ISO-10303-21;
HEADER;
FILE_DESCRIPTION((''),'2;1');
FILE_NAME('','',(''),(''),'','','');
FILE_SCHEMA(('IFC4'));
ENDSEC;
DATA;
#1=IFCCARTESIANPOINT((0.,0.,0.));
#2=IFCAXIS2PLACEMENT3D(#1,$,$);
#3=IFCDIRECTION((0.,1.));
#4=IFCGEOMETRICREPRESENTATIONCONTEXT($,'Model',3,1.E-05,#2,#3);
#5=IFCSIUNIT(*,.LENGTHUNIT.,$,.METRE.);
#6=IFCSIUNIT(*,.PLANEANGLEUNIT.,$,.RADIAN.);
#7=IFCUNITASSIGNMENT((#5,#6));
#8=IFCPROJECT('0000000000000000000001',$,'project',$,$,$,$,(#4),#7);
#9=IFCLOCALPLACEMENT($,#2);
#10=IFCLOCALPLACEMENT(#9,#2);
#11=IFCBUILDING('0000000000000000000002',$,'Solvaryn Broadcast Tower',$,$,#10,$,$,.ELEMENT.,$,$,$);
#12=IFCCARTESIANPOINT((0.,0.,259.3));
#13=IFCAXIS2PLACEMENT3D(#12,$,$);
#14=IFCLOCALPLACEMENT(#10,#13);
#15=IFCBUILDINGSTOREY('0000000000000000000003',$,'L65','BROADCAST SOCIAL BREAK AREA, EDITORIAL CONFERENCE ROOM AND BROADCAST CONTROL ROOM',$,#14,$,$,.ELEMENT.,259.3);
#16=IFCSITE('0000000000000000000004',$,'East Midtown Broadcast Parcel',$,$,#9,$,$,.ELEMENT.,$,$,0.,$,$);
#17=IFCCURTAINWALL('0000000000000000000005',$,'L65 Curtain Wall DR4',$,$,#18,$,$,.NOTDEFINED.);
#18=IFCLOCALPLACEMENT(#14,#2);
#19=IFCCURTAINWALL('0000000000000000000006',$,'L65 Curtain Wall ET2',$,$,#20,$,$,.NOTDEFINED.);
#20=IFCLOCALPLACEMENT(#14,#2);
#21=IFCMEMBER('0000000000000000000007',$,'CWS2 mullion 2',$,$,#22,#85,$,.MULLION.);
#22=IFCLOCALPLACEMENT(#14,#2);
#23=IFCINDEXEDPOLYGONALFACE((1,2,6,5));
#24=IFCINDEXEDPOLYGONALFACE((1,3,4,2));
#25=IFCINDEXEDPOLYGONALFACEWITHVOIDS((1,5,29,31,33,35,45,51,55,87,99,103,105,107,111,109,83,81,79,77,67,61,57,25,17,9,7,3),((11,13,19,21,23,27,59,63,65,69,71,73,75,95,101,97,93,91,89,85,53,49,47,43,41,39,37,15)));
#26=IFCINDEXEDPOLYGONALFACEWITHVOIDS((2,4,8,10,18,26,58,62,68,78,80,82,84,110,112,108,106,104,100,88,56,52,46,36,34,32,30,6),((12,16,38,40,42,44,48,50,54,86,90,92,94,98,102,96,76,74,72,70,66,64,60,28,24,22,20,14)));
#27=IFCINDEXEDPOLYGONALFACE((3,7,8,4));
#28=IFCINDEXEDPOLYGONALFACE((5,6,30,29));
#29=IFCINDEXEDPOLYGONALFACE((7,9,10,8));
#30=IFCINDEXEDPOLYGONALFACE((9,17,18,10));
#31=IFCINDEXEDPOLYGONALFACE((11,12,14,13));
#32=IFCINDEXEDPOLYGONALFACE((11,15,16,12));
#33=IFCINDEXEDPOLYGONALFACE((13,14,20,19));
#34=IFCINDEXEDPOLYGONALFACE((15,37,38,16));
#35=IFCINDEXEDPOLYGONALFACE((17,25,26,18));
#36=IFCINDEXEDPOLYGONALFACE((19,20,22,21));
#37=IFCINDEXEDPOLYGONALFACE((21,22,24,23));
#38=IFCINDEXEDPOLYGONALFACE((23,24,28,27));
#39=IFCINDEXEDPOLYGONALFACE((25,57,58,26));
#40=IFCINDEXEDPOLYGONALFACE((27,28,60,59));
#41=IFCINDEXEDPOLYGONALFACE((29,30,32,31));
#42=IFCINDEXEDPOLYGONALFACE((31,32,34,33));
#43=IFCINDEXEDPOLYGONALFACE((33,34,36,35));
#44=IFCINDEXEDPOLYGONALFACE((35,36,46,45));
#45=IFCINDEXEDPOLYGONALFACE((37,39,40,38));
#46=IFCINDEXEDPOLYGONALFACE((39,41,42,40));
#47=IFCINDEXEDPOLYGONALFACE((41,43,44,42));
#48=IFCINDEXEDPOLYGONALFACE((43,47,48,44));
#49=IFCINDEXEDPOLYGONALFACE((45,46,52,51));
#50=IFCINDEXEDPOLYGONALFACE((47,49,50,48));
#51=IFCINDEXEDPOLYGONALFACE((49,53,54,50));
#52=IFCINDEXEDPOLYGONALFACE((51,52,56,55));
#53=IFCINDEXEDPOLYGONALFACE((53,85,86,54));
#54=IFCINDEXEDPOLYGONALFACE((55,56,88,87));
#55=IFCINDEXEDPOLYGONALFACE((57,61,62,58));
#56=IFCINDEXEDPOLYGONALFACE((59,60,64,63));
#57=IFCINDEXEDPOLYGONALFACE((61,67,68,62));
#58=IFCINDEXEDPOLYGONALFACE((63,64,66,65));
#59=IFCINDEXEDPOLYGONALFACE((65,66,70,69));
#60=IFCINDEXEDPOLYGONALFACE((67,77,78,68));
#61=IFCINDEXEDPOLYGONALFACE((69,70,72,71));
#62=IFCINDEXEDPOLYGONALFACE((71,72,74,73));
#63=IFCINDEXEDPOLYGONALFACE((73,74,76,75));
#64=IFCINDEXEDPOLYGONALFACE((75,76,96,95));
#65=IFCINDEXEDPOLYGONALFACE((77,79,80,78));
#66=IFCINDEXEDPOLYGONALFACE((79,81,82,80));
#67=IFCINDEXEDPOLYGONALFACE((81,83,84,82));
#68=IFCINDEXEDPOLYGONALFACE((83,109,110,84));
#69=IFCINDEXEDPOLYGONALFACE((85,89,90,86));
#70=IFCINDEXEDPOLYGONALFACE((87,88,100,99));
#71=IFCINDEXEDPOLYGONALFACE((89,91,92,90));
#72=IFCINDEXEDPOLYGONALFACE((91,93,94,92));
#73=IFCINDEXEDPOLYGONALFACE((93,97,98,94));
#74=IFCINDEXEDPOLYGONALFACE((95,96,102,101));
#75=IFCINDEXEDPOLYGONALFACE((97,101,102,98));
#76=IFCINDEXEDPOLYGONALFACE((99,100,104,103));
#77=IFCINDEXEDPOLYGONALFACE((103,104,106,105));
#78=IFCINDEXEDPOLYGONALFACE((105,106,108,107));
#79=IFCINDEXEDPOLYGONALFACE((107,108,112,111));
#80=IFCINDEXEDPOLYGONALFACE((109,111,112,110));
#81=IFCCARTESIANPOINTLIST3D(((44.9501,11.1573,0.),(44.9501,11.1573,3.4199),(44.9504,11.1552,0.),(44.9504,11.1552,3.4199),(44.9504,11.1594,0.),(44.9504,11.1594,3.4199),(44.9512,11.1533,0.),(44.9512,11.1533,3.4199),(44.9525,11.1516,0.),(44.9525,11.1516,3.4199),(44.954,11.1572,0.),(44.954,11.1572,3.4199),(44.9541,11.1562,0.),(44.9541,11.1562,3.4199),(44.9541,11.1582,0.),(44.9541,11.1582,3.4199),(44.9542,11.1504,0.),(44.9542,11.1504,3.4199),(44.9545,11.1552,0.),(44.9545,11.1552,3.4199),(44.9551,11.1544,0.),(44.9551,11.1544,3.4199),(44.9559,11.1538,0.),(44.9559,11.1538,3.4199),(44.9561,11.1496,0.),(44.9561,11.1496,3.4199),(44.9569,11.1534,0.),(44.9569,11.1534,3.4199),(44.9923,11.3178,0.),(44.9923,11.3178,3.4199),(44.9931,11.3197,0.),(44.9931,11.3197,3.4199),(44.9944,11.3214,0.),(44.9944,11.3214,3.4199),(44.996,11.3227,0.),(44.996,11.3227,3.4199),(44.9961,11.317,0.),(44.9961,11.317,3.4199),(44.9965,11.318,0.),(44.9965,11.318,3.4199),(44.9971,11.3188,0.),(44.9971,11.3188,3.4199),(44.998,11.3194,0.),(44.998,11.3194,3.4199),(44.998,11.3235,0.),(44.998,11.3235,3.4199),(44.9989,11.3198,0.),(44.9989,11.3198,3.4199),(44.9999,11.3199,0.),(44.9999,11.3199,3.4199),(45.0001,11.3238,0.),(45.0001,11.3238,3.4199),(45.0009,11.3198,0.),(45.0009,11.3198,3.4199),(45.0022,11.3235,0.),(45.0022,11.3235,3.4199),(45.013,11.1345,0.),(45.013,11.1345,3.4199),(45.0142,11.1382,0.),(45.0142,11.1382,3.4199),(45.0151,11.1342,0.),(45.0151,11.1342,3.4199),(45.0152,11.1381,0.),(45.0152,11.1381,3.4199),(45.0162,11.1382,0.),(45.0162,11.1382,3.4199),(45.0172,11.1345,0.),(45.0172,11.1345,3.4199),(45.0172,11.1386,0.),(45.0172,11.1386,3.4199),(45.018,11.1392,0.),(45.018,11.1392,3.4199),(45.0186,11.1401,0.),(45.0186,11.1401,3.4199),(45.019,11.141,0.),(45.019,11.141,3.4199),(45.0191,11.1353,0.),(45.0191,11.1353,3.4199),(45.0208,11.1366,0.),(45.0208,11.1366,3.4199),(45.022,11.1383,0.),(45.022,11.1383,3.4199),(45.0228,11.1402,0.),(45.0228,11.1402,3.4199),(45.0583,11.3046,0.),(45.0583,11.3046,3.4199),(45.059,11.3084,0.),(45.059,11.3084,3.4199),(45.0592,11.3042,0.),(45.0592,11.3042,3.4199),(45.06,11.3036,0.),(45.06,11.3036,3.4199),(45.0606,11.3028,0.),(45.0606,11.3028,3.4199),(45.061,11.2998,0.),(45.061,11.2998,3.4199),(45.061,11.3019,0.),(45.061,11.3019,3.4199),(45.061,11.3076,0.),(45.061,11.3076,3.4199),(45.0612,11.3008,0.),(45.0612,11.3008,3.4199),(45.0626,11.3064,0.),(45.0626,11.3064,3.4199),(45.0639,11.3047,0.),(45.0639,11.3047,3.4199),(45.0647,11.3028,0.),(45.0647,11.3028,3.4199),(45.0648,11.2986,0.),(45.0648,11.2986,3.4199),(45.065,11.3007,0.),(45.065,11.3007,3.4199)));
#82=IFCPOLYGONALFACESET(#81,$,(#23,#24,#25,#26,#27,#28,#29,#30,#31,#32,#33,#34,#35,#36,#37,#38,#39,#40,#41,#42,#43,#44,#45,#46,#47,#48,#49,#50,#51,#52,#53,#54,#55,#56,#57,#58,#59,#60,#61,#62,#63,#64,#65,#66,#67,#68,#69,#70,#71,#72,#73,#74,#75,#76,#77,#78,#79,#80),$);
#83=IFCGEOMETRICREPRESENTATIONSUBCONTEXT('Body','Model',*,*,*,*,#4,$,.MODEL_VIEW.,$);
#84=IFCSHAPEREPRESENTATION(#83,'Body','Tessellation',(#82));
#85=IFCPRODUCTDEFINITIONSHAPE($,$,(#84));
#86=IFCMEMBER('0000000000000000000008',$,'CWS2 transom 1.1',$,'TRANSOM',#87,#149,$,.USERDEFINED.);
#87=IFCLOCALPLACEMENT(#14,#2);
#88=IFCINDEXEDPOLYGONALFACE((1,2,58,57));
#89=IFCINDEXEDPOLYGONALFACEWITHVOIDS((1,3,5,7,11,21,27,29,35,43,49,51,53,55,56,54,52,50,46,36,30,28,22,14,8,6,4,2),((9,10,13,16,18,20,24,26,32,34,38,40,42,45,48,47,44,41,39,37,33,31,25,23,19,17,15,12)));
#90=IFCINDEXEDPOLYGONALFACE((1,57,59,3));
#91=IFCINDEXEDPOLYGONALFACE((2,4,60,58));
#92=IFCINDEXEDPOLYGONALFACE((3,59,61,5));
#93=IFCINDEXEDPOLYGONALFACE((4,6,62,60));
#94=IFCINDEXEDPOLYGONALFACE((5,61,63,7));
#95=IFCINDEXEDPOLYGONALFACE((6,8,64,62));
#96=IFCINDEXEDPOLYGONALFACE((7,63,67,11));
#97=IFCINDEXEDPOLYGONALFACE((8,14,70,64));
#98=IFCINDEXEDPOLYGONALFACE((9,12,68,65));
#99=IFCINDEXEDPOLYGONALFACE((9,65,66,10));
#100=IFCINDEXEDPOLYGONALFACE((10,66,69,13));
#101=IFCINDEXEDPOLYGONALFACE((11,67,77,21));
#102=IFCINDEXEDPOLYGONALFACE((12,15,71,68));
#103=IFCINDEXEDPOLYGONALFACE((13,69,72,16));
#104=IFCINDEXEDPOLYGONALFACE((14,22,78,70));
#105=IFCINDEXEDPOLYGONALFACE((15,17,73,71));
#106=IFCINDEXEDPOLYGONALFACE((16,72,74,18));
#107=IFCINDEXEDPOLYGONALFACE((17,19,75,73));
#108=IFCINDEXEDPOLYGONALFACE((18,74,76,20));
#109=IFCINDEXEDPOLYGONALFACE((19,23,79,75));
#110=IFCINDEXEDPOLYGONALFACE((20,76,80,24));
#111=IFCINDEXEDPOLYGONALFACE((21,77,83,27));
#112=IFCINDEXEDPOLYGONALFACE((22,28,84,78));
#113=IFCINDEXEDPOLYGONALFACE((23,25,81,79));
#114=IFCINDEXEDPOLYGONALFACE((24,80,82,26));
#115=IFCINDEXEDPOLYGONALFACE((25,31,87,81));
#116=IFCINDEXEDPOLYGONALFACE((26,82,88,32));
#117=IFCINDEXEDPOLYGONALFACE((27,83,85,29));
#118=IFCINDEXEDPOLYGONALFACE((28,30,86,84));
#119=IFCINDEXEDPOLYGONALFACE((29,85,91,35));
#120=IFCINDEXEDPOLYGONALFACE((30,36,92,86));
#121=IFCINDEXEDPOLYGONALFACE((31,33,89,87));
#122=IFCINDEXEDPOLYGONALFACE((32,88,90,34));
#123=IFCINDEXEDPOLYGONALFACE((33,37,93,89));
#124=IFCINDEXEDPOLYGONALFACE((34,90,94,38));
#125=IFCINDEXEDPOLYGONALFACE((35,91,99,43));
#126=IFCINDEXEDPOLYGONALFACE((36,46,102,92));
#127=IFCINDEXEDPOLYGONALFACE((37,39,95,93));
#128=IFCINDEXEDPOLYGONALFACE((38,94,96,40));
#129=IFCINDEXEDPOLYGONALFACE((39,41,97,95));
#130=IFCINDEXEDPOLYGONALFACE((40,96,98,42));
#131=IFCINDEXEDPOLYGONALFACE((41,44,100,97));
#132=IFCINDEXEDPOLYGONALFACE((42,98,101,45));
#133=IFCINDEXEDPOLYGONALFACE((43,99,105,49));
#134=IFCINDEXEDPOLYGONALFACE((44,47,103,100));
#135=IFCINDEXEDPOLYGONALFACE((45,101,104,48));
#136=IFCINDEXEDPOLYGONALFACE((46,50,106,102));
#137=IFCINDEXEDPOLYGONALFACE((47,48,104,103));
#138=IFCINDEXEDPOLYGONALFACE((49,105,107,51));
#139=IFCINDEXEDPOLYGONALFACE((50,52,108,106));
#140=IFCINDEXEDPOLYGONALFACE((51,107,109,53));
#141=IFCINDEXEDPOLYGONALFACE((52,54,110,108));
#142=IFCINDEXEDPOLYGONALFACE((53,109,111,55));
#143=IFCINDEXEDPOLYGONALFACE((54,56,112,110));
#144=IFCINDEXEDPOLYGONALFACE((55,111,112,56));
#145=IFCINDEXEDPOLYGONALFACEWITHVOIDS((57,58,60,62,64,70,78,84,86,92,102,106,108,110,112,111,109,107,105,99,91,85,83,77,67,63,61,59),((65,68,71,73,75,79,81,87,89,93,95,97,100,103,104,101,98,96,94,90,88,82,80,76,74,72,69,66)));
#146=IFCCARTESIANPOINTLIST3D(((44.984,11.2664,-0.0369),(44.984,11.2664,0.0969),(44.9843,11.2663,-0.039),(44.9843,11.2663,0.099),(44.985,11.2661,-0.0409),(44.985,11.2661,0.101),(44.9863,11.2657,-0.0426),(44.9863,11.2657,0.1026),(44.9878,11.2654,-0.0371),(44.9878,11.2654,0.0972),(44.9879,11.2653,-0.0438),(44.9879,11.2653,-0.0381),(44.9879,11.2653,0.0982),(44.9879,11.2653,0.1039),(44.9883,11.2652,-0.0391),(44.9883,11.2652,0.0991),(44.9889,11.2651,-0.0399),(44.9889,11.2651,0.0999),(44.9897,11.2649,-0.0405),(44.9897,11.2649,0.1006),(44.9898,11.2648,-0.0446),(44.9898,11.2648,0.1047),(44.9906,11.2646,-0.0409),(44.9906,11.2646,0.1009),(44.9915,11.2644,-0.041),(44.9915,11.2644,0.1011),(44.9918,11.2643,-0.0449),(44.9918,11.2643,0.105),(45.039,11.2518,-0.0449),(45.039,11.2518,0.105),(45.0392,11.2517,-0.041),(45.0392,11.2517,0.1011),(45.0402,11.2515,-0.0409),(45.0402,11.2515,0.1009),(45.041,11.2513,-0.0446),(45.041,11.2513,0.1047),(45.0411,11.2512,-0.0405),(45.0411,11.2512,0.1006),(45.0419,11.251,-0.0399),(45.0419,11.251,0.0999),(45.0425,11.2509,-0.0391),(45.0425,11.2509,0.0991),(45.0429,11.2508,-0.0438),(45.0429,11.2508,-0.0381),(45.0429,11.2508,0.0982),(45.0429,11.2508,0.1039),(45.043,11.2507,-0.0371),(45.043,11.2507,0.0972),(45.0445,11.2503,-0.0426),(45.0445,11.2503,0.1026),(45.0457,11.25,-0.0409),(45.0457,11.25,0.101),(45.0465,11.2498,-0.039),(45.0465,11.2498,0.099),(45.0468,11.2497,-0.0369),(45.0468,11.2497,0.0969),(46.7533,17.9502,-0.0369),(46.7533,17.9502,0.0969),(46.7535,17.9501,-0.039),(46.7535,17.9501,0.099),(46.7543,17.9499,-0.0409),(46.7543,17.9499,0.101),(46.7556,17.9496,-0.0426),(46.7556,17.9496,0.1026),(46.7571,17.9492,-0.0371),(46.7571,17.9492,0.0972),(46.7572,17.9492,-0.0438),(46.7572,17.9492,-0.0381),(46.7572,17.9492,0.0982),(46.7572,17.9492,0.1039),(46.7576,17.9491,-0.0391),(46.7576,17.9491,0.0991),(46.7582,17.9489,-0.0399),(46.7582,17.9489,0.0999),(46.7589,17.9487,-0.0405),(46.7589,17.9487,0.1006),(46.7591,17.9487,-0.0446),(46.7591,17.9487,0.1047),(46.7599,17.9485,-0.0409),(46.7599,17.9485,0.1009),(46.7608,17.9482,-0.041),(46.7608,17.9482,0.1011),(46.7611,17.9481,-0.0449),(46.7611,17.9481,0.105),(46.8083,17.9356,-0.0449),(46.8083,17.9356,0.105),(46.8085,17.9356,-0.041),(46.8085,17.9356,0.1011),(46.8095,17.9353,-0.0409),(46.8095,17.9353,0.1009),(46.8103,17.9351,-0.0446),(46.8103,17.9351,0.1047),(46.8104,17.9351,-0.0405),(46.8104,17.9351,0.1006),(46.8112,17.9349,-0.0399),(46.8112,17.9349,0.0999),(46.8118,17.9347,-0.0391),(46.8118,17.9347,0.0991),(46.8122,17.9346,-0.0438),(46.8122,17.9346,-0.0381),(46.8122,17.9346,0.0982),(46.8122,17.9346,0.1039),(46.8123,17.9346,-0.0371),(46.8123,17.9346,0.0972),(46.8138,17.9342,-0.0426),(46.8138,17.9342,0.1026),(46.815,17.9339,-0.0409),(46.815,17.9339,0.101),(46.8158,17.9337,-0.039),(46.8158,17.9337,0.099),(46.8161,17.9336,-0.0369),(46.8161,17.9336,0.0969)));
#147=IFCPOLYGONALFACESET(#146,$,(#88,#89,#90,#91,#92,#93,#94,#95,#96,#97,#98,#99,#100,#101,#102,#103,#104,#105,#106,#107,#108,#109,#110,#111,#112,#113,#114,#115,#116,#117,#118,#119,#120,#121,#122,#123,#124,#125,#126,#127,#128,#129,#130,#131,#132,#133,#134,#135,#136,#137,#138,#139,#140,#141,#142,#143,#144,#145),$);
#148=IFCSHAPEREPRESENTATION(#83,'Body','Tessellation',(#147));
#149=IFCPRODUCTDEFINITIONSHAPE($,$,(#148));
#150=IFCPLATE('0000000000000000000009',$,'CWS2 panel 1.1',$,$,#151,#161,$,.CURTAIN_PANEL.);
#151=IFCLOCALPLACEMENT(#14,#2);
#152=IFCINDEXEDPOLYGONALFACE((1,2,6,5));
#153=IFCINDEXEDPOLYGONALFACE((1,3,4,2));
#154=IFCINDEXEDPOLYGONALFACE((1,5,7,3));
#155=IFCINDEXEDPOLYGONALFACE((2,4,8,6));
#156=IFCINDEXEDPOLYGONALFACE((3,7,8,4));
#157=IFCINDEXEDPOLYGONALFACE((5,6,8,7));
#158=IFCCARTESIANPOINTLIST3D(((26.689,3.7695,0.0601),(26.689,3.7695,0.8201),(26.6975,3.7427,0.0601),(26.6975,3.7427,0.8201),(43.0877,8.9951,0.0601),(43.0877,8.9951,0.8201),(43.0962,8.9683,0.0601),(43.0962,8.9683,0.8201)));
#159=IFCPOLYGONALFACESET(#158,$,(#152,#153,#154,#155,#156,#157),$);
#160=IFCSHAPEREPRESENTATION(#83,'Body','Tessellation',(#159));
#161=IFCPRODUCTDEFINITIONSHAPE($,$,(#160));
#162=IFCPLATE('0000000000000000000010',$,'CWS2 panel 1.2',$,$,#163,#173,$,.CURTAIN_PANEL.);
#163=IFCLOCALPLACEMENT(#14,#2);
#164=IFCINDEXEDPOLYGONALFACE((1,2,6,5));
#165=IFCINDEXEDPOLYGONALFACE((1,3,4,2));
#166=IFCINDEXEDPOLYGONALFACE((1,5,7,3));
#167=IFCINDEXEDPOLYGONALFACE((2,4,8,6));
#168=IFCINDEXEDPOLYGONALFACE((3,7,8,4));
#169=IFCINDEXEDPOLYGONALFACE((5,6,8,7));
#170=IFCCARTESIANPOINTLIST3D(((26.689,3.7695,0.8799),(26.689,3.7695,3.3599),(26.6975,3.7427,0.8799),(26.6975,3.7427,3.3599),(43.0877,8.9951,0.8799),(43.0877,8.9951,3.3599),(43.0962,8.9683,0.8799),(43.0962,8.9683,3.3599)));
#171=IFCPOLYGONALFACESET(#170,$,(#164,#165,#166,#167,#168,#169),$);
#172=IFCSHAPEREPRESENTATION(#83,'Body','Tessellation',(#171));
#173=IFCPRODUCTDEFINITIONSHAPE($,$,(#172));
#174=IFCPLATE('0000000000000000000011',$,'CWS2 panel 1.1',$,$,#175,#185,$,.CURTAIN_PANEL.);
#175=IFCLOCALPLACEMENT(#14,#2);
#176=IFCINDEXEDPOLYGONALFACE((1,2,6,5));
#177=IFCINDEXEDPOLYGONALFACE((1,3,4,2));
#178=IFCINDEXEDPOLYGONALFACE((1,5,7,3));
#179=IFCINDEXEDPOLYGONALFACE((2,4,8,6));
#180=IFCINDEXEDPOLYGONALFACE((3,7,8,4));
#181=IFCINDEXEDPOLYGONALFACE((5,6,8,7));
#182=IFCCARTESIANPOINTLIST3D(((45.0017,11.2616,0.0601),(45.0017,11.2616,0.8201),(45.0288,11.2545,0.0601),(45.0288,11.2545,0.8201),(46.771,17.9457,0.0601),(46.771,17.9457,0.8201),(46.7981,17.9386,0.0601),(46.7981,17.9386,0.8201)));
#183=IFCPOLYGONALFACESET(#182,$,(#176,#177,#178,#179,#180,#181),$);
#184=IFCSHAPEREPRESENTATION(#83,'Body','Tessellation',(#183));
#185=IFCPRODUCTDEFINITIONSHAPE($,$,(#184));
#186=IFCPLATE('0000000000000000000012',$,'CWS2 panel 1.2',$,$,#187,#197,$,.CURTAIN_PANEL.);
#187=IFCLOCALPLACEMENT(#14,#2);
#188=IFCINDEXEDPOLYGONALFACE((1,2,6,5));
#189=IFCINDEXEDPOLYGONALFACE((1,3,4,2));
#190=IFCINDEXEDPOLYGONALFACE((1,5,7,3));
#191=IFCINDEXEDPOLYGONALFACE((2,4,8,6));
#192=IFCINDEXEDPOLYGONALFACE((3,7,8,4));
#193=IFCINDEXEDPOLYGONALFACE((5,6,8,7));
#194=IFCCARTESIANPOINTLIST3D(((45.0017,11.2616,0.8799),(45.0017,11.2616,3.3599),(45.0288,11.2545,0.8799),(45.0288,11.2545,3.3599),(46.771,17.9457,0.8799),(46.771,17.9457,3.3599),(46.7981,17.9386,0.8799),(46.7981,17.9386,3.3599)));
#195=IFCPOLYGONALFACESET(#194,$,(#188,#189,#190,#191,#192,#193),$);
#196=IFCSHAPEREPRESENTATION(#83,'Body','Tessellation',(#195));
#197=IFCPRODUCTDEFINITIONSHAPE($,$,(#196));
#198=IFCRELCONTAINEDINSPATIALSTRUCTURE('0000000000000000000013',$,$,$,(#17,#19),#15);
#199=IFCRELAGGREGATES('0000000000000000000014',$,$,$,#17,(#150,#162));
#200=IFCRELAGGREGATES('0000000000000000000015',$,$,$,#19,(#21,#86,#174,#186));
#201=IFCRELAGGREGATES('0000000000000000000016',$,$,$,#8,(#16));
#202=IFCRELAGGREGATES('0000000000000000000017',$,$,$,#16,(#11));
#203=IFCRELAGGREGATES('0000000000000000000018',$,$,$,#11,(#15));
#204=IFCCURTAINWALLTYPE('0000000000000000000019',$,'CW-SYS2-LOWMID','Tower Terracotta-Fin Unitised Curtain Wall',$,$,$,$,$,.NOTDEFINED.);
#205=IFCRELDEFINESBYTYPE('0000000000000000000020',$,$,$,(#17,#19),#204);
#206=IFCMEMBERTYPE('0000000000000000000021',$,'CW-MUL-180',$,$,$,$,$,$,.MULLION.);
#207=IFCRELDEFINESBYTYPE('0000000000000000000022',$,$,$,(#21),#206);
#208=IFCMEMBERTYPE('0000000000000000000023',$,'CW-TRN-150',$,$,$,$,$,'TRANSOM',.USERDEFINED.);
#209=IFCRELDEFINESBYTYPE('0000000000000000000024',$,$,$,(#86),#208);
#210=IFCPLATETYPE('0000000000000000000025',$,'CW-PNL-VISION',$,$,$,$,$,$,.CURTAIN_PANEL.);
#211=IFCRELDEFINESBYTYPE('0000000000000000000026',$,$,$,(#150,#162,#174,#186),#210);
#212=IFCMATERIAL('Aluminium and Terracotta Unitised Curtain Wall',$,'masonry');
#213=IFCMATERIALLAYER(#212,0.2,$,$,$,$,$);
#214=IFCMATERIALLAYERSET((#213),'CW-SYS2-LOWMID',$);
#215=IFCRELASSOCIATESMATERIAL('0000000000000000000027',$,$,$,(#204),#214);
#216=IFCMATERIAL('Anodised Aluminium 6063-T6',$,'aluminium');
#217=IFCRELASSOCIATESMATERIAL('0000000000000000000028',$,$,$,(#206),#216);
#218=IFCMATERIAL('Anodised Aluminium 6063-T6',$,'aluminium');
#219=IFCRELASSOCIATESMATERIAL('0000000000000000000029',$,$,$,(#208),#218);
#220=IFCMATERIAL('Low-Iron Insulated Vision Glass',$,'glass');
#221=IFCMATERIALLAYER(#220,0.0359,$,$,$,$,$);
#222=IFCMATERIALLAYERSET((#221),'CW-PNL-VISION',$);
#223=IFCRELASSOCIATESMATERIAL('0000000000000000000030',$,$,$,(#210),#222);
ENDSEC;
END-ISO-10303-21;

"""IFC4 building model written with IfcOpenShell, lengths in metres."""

from ifc_helpers import new_model, si_unit, direction, frame, origin, origin_2d, place, context, subcontext, project, spatial, rectangle, hollow_rectangle, extrude, material, layer, layer_set, material_profile, profile_set, type_object, element, aggregate, save


model = new_model("IFC4")

# Units and contexts
model_context = context("Model", 3, precision=1e-05, world=origin(), true_north=direction((0.0, 1.0)))
body_context = subcontext(model_context, "Body", "Model", "MODEL_VIEW")
ifc_project = project(units=[si_unit("LENGTHUNIT", "METRE"), si_unit("PLANEANGLEUNIT", "RADIAN")], contexts=[model_context])

# Site, building, storey
site_placement = place(None, origin())
site = spatial("IfcSite", under=ifc_project, at=site_placement, Name="East Midtown Broadcast Parcel", CompositionType="ELEMENT", RefElevation=0.0)
building_placement = place(site_placement, origin())
building = spatial("IfcBuilding", under=site, at=building_placement, Name="Solvaryn Broadcast Tower", CompositionType="ELEMENT")
storey_placement = place(building_placement, frame((0.0, 0.0, 259.3)))
storey = spatial("IfcBuildingStorey", under=building, at=storey_placement, Name="L65", Description="BROADCAST SOCIAL BREAK AREA, EDITORIAL CONFERENCE ROOM AND BROADCAST CONTROL ROOM", CompositionType="ELEMENT", Elevation=259.3)

# Curtain wall
ifc_material_1 = material(Name="Aluminium and Terracotta Unitised Curtain Wall", Category="masonry")
ifc_layer_1 = layer(ifc_material_1, 0.2)
ifc_layer_set_1 = layer_set([ifc_layer_1], Name="CW-SYS2-LOWMID")
curtain_wall_type = type_object("IfcCurtainWallType", Name="CW-SYS2-LOWMID", Description="Tower Terracotta-Fin Unitised Curtain Wall", PredefinedType="NOTDEFINED", material=ifc_layer_set_1)
curtain_wall_1_placement = place(storey_placement, origin())
curtain_wall_1 = element("IfcCurtainWall", 1, at=curtain_wall_1_placement, inside=storey, type_object=curtain_wall_type, Name="L65 Curtain Wall DR4", PredefinedType="NOTDEFINED")
ifc_material_2 = material(Name="Anodised Aluminium 6063-T6", Category="aluminium")
ifc_material_profile_1 = material_profile(ifc_material_2, hollow_rectangle(XDim=0.075, YDim=0.1799, WallThickness=0.0039, InnerFilletRadius=0.0039, OuterFilletRadius=0.0081, at=origin_2d()))
ifc_profile_set_1 = profile_set([ifc_material_profile_1], Name="Anodised Aluminium 6063-T6")
member_type_1 = type_object("IfcMemberType", Name="CW-MUL-180", PredefinedType="MULLION", material=ifc_profile_set_1)

# Curtain wall, members
curtain_wall_2_placement = place(storey_placement, origin())
curtain_wall_2 = element("IfcCurtainWall", 2, at=curtain_wall_2_placement, inside=storey, type_object=curtain_wall_type, Name="L65 Curtain Wall ET2", PredefinedType="NOTDEFINED")
member_1_placement = place(storey_placement, frame((45.0076, 11.229, 0.0), z_axis=(0.0, 0.0, 1.0), x_axis=(0.966705, -0.255893, 0.0)))
member_1 = element("IfcMember", 3, at=member_1_placement, type_object=member_type_1, Name="CWS2 mullion 2", PredefinedType="MULLION", context=body_context, shape_type="SweptSolid", body=[
    extrude(hollow_rectangle(XDim=0.075, YDim=0.1799, WallThickness=0.0039, InnerFilletRadius=0.0039, OuterFilletRadius=0.0081, at=origin_2d()), origin(), (0.0, 0.0, 1.0), 3.4199),
])
ifc_material_3 = material(Name="Anodised Aluminium 6063-T6", Category="aluminium")
ifc_material_profile_2 = material_profile(ifc_material_3, hollow_rectangle(XDim=0.0649, YDim=0.1499, WallThickness=0.0039, InnerFilletRadius=0.0039, OuterFilletRadius=0.0081, at=origin_2d()))
ifc_profile_set_2 = profile_set([ifc_material_profile_2], Name="Anodised Aluminium 6063-T6")
member_type_2 = type_object("IfcMemberType", Name="CW-TRN-150", ElementType="TRANSOM", PredefinedType="USERDEFINED", material=ifc_profile_set_2)
member_2_placement = place(storey_placement, frame((46.7847, 17.9419, 0.03), z_axis=(-0.255897, -0.966704, 0.0), x_axis=(0.966704, -0.255897, 0.0)))
member_2 = element("IfcMember", 4, at=member_2_placement, type_object=member_type_2, Name="CWS2 transom 1.1", ObjectType="TRANSOM", PredefinedType="USERDEFINED", context=body_context, shape_type="SweptSolid", body=[
    extrude(hollow_rectangle(XDim=0.0649, YDim=0.1499, WallThickness=0.0039, InnerFilletRadius=0.0039, OuterFilletRadius=0.0081, at=origin_2d()), origin(), (0.0, 0.0, 1.0), 6.9141),
])

# Plates
ifc_material_4 = material(Name="Low-Iron Insulated Vision Glass", Category="glass")
ifc_layer_2 = layer(ifc_material_4, 0.0359)
ifc_layer_set_2 = layer_set([ifc_layer_2], Name="CW-PNL-VISION")
plate_type = type_object("IfcPlateType", Name="CW-PNL-VISION", PredefinedType="CURTAIN_PANEL", material=ifc_layer_set_2)
plate_1_placement = place(storey_placement, frame((34.8926, 6.3689, 0.0601), z_axis=(0.0, 0.0, 1.0), x_axis=(0.952795, 0.303616, 0.0)))
plate_1 = element("IfcPlate", 5, at=plate_1_placement, type_object=plate_type, Name="CWS2 panel 1.1", PredefinedType="CURTAIN_PANEL", context=body_context, shape_type="SweptSolid", body=[
    extrude(rectangle(XDim=17.2112, YDim=0.0281, at=origin_2d()), origin(), (0.0, 0.0, 1.0), 0.76),
])
plate_2_placement = place(storey_placement, frame((34.8926, 6.3689, 0.8799), z_axis=(0.0, 0.0, 1.0), x_axis=(0.952795, 0.303616, 0.0)))
plate_2 = element("IfcPlate", 6, at=plate_2_placement, type_object=plate_type, Name="CWS2 panel 1.2", PredefinedType="CURTAIN_PANEL", context=body_context, shape_type="SweptSolid", body=[
    extrude(rectangle(XDim=17.2112, YDim=0.0281, at=origin_2d()), origin(), (0.0, 0.0, 1.0), 2.48),
])
aggregate(curtain_wall_1, [plate_1, plate_2])
plate_3_placement = place(storey_placement, frame((45.8999, 14.6001, 0.0601), z_axis=(0.0, 0.0, 1.0), x_axis=(-0.255893, -0.966705, 0.0)))
plate_3 = element("IfcPlate", 7, at=plate_3_placement, type_object=plate_type, Name="CWS2 panel 1.1", PredefinedType="CURTAIN_PANEL", context=body_context, shape_type="SweptSolid", body=[
    extrude(rectangle(XDim=6.9143, YDim=0.0281, at=origin_2d()), origin(), (0.0, 0.0, 1.0), 0.76),
])
plate_4_placement = place(storey_placement, frame((45.8999, 14.6001, 0.8799), z_axis=(0.0, 0.0, 1.0), x_axis=(-0.255893, -0.966705, 0.0)))
plate_4 = element("IfcPlate", 8, at=plate_4_placement, type_object=plate_type, Name="CWS2 panel 1.2", PredefinedType="CURTAIN_PANEL", context=body_context, shape_type="SweptSolid", body=[
    extrude(rectangle(XDim=6.9143, YDim=0.0281, at=origin_2d()), origin(), (0.0, 0.0, 1.0), 2.48),
])
aggregate(curtain_wall_2, [member_1, member_2, plate_3, plate_4])

save(model, "model.ifc")
